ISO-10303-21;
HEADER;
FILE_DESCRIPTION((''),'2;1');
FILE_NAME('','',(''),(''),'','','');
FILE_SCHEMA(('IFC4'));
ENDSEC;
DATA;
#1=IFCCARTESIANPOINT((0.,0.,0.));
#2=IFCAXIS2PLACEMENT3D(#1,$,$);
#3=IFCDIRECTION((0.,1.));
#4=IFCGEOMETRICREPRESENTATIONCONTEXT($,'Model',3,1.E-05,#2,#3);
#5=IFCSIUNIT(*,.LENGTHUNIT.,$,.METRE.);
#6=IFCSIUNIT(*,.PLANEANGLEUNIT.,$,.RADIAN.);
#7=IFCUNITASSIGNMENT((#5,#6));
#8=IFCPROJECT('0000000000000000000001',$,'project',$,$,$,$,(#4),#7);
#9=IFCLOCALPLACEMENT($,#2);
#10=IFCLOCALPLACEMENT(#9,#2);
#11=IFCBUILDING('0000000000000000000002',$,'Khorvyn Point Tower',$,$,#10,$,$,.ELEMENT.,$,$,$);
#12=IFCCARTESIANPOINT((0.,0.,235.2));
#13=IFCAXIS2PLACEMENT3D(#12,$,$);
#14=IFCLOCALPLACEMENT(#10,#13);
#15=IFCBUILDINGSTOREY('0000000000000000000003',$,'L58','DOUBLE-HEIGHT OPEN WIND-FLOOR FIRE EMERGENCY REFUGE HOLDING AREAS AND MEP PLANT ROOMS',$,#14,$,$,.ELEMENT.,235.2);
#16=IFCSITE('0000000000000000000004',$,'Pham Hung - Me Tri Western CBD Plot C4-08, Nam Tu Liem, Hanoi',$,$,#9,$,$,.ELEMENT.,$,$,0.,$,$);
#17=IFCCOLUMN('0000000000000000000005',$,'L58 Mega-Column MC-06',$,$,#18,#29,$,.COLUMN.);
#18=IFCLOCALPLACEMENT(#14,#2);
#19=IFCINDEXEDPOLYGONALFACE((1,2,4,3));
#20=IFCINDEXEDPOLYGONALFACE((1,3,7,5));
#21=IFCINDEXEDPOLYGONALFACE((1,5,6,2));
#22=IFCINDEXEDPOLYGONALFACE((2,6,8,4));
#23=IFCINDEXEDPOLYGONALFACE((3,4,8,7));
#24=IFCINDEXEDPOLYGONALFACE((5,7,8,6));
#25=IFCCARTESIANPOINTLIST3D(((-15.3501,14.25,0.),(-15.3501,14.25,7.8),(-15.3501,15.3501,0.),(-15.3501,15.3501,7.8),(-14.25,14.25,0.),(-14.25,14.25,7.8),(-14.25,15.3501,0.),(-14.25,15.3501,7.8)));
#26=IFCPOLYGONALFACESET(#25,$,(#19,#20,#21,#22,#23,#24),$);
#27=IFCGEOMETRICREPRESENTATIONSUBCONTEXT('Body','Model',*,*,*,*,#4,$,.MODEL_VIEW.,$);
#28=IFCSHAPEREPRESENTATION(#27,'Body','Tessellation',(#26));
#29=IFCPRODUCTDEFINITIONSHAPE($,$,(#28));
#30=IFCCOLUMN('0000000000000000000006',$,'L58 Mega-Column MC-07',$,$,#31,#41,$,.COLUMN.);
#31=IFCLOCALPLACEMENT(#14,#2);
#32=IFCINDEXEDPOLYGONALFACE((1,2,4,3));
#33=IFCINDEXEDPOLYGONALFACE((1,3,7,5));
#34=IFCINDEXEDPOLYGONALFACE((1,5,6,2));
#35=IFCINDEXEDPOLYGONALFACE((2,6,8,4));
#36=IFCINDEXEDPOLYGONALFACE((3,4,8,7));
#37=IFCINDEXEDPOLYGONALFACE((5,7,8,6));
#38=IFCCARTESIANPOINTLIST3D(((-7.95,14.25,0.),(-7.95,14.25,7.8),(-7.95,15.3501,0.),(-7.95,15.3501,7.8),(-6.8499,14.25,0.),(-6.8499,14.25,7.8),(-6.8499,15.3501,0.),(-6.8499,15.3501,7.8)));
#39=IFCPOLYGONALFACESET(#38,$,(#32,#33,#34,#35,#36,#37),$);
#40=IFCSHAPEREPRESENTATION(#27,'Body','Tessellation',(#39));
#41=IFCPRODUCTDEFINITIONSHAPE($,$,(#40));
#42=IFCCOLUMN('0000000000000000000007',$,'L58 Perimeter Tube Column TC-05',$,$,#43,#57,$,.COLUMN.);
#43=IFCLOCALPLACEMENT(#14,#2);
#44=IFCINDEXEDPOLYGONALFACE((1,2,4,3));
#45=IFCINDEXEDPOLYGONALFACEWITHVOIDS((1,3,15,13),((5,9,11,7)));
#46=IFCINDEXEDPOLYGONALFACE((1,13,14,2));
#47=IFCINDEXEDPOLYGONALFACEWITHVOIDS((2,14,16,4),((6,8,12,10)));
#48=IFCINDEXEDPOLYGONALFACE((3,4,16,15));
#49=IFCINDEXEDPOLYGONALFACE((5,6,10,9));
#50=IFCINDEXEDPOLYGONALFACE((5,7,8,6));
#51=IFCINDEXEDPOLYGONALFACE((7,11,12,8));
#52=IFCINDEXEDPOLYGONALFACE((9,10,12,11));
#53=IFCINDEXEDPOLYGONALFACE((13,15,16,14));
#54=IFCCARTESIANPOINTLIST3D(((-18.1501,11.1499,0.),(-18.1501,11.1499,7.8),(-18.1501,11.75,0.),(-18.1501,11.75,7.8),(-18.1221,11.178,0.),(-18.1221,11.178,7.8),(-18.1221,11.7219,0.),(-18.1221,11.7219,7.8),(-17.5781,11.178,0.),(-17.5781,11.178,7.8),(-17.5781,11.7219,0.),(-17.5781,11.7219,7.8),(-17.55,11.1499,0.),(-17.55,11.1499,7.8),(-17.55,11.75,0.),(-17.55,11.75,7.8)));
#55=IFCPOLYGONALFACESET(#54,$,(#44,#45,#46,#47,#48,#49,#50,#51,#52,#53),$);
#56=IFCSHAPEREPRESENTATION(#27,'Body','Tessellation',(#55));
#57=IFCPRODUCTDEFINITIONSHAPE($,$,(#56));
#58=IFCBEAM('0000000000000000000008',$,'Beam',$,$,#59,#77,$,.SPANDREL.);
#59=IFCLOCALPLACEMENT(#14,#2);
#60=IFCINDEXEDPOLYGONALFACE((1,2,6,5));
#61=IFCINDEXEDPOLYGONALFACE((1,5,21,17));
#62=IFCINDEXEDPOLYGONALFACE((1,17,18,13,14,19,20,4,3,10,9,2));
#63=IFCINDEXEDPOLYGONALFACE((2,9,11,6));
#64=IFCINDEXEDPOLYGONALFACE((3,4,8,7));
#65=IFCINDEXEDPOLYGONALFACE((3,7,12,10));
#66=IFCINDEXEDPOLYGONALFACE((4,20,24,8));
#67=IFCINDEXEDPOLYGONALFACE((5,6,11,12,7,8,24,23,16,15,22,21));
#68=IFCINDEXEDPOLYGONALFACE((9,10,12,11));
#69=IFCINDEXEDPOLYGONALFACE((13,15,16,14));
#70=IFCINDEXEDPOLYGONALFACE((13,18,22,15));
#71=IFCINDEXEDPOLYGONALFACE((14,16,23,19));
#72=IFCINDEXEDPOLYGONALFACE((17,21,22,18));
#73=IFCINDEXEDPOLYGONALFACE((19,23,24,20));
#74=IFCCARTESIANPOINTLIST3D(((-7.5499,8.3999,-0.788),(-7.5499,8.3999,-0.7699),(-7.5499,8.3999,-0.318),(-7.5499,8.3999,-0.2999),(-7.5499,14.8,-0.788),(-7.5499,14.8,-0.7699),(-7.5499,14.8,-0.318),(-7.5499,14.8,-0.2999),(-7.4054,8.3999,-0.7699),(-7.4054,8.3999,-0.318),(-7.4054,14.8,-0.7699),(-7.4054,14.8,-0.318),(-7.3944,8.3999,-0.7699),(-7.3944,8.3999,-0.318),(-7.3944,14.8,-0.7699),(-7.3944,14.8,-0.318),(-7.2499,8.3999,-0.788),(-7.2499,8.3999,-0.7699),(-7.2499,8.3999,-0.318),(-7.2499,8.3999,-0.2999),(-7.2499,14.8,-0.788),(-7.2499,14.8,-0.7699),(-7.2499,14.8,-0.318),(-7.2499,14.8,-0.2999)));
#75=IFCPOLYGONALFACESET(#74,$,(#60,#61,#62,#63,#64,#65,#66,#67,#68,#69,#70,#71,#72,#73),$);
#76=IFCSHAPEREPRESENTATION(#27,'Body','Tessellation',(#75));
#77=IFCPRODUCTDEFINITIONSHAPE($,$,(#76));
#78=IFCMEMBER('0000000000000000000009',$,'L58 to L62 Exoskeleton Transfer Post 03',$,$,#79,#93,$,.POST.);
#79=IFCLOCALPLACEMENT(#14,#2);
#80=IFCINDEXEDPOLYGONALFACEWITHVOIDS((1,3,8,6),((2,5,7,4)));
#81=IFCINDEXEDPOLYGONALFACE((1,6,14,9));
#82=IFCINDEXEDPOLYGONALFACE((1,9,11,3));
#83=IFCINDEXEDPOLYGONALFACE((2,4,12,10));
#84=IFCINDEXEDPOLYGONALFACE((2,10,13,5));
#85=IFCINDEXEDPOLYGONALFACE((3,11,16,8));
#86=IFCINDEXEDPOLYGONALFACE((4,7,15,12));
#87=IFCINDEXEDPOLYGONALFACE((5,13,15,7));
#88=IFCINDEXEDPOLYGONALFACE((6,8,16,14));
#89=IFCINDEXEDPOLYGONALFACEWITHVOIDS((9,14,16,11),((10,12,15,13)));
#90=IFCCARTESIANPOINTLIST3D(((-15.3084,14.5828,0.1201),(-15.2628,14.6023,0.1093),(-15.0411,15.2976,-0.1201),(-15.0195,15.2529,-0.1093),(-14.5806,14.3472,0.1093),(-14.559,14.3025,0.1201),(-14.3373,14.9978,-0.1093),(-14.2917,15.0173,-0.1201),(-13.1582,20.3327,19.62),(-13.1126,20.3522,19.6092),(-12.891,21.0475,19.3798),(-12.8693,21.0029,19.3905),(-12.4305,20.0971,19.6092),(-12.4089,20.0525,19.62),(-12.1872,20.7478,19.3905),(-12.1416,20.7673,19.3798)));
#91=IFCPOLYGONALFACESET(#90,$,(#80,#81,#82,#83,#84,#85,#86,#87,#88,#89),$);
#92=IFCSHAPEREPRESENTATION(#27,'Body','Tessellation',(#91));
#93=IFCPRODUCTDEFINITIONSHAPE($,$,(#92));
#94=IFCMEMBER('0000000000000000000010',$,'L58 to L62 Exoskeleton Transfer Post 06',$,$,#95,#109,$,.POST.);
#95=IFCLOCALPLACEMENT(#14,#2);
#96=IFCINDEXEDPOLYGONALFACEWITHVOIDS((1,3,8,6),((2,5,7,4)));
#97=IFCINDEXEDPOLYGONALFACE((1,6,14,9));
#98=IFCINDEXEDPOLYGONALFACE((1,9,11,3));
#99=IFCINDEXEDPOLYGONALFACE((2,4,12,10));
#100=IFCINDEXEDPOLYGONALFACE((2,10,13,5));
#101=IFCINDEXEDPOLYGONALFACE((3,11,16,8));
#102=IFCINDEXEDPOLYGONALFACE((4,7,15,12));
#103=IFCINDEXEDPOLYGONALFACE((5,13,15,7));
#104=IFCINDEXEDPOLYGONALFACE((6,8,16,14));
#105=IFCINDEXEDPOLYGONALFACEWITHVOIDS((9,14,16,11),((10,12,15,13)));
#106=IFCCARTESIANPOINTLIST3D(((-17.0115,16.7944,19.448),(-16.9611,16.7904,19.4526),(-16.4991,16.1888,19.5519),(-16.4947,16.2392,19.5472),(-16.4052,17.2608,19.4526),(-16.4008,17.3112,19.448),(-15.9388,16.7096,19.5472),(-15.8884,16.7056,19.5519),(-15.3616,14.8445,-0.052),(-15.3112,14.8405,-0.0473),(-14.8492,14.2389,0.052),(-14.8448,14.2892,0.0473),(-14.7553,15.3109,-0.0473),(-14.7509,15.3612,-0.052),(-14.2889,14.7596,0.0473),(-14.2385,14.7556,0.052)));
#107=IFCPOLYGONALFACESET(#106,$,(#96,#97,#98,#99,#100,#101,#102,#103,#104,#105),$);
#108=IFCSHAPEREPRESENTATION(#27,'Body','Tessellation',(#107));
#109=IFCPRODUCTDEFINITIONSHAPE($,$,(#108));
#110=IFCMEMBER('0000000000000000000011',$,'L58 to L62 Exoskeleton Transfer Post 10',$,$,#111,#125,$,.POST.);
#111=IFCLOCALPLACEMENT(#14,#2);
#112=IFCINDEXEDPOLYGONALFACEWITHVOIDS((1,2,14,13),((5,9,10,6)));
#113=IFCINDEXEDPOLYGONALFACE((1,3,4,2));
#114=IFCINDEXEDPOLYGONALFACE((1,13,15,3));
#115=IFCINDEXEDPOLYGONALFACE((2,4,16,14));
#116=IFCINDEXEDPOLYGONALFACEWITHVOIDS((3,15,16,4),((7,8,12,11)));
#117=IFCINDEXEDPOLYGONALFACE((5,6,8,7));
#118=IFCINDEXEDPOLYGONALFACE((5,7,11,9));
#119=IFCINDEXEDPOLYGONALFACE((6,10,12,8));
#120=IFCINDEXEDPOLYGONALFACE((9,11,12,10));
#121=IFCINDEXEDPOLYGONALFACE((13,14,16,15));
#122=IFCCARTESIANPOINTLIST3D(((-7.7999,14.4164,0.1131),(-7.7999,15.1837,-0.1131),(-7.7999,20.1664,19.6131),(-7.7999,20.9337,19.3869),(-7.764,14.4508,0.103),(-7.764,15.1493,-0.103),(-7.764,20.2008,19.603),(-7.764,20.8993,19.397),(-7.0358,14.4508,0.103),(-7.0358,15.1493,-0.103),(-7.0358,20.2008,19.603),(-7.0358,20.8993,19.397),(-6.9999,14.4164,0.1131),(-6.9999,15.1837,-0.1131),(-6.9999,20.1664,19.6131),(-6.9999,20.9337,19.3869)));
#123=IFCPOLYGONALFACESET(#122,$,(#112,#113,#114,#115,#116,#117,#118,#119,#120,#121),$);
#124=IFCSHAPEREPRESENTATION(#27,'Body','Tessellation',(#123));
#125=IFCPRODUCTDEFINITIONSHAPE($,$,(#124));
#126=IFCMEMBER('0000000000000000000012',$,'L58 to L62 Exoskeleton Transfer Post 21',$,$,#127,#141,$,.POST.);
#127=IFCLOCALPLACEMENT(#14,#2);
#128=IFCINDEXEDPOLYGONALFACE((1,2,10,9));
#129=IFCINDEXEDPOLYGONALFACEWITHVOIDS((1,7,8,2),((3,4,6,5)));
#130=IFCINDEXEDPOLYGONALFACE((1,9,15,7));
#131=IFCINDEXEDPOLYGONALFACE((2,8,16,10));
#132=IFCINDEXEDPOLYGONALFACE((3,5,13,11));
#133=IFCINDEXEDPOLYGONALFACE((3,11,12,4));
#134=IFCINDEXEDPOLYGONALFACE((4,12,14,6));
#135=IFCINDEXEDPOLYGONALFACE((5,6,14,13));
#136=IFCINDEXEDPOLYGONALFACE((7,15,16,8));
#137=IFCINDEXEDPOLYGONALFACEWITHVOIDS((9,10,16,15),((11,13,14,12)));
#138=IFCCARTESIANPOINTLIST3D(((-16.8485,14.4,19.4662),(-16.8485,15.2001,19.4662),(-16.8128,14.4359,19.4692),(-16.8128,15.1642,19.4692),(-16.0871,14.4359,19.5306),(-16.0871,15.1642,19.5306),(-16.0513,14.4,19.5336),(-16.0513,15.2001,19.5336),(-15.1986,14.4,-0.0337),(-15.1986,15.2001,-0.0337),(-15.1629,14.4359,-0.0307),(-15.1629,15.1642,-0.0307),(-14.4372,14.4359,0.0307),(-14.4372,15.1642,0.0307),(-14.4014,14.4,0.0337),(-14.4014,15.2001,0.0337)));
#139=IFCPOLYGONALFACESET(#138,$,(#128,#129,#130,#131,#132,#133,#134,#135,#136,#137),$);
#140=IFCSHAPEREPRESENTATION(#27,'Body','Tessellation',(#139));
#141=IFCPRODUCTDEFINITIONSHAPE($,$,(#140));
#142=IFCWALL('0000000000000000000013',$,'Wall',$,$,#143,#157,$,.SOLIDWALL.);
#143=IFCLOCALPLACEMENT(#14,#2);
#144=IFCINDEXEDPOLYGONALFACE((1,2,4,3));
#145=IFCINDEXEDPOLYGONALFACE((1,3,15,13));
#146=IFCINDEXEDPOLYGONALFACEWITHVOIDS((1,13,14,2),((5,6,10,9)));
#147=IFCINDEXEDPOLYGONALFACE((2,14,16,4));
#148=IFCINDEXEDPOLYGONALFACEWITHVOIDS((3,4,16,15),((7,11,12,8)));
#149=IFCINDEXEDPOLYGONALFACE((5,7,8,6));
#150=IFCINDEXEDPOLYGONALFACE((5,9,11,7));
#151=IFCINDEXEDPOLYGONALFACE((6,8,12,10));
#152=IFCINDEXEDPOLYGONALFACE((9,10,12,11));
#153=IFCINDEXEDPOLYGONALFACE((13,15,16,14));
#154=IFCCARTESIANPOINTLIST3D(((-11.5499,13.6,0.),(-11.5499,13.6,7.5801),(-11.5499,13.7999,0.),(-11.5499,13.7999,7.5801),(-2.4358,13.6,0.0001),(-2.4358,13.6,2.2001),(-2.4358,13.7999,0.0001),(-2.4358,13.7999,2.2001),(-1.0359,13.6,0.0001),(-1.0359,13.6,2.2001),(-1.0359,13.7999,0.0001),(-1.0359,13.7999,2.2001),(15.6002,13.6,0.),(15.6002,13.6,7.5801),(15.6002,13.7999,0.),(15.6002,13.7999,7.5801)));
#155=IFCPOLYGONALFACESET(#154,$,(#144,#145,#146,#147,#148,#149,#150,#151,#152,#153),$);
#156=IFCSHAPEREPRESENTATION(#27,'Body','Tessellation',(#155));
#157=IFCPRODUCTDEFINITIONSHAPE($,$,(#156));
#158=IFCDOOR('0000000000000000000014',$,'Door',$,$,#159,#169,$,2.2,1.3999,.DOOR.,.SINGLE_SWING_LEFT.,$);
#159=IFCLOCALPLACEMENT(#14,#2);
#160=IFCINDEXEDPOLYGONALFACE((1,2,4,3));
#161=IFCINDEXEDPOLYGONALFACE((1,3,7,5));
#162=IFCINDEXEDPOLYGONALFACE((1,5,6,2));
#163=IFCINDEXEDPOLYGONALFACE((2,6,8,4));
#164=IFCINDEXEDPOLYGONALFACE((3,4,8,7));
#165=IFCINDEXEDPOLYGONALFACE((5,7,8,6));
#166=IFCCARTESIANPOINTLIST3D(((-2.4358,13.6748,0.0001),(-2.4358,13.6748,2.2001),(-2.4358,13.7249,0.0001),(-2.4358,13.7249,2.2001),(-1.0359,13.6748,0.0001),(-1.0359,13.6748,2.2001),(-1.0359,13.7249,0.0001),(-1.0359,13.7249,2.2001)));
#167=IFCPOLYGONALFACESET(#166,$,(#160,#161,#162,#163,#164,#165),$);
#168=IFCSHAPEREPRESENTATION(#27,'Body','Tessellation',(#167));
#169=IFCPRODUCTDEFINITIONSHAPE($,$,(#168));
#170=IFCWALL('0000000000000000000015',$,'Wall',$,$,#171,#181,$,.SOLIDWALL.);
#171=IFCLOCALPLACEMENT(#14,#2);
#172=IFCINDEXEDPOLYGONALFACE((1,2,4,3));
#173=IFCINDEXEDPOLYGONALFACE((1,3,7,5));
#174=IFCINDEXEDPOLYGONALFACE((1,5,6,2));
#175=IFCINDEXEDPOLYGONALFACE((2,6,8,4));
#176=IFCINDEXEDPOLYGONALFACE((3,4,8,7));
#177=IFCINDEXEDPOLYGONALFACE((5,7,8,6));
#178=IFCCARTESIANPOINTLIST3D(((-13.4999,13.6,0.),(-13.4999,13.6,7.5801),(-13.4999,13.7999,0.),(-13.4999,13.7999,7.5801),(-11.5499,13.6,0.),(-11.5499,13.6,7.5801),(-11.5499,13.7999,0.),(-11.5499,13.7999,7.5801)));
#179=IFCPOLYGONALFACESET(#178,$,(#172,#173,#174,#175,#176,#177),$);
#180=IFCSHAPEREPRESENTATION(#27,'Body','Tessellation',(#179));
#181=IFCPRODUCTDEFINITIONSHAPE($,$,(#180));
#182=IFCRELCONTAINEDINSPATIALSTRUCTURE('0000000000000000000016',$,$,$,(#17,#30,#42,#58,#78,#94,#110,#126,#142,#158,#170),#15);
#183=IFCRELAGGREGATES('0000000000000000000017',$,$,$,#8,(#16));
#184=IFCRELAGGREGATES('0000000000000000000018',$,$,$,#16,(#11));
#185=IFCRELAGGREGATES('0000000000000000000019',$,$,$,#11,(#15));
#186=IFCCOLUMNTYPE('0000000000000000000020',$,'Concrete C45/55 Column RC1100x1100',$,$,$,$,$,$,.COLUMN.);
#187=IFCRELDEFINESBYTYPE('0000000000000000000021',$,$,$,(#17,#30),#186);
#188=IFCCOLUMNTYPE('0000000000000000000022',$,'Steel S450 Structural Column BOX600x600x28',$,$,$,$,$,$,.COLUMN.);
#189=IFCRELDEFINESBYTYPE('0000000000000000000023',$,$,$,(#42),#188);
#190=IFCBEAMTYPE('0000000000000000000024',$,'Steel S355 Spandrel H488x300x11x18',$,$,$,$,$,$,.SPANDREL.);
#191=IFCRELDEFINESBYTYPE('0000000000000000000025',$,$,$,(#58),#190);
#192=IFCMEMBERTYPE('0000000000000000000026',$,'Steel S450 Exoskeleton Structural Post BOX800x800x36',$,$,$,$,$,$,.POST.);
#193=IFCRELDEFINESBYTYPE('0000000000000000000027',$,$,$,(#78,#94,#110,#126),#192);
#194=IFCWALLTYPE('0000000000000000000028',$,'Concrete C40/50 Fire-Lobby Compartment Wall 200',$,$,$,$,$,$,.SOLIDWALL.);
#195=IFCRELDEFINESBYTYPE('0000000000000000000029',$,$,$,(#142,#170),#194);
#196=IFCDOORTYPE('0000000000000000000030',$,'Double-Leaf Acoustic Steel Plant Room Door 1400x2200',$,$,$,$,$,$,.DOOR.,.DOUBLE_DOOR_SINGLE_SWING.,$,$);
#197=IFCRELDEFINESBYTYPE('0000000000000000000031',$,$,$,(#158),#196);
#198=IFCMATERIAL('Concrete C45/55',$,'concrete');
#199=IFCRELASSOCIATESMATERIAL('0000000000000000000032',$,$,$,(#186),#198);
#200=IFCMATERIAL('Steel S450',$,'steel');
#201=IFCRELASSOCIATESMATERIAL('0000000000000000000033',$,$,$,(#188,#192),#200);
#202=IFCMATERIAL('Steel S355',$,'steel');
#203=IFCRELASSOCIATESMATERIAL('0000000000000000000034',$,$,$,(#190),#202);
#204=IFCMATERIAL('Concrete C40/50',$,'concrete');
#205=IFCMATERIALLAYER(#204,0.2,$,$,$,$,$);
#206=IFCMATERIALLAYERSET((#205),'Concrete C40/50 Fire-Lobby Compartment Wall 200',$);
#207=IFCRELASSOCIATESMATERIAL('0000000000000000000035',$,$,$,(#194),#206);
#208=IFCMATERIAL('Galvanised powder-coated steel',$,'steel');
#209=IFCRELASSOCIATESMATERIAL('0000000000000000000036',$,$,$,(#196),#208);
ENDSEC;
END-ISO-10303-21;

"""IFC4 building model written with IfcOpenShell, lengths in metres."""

from ifc_helpers import new_model, si_unit, direction, frame, frame_2d, origin, origin_2d, place, context, subcontext, project, spatial, rectangle, hollow_rectangle, i_section, extrude, material, layer, layer_set, material_profile, profile_set, type_object, element, fill, save


model = new_model("IFC4")

# Units and contexts
model_context = context("Model", 3, precision=1e-05, world=origin(), true_north=direction((0.0, 1.0)))
body_context = subcontext(model_context, "Body", "Model", "MODEL_VIEW")
ifc_project = project(units=[si_unit("LENGTHUNIT", "METRE"), si_unit("PLANEANGLEUNIT", "RADIAN")], contexts=[model_context])

# Site, building, storey
site_placement = place(None, origin())
site = spatial("IfcSite", under=ifc_project, at=site_placement, Name="Pham Hung - Me Tri Western CBD Plot C4-08, Nam Tu Liem, Hanoi", CompositionType="ELEMENT", RefElevation=0.0)
building_placement = place(site_placement, origin())
building = spatial("IfcBuilding", under=site, at=building_placement, Name="Khorvyn Point Tower", CompositionType="ELEMENT")
storey_placement = place(building_placement, frame((0.0, 0.0, 235.2)))
storey = spatial("IfcBuildingStorey", under=building, at=storey_placement, Name="L58", Description="DOUBLE-HEIGHT OPEN WIND-FLOOR FIRE EMERGENCY REFUGE HOLDING AREAS AND MEP PLANT ROOMS", CompositionType="ELEMENT", Elevation=235.2)

# Columns
ifc_material_1 = material(Name="Concrete C45/55", Category="concrete")
ifc_material_profile_1 = material_profile(ifc_material_1, rectangle(XDim=1.1001, YDim=1.1001, at=origin_2d()))
ifc_profile_set_1 = profile_set([ifc_material_profile_1], Name="Concrete C45/55 RC1100x1100")
column_type_1 = type_object("IfcColumnType", Name="Concrete C45/55 Column RC1100x1100", PredefinedType="COLUMN", material=ifc_profile_set_1)
for number, where, z_axis, x_axis, name in (
    (1, (-14.8, 14.8, 0.0), (0.0, 0.0, 1.0), (1.0, 0.0, 0.0), "L58 Mega-Column MC-06"),
    (2, (-7.3999, 14.8, 0.0), (0.0, 0.0, 1.0), (1.0, 0.0, 0.0), "L58 Mega-Column MC-07"),
):
    element("IfcColumn", number, at=place(storey_placement, frame(where, z_axis=z_axis, x_axis=x_axis)), inside=storey, type_object=column_type_1, Name=name, PredefinedType="COLUMN", context=body_context, shape_type="SweptSolid", body=[
        extrude(rectangle(XDim=1.1001, YDim=1.1001, at=origin_2d()), origin(), (0.0, 0.0, 1.0), 7.8),
    ])
ifc_material_2 = material(Name="Steel S450", Category="steel")
ifc_material_profile_2 = material_profile(ifc_material_2, hollow_rectangle(XDim=0.6001, YDim=0.6001, WallThickness=0.0281, at=origin_2d()))
ifc_profile_set_2 = profile_set([ifc_material_profile_2], Name="Steel S450 BOX600x600x28")
column_type_2 = type_object("IfcColumnType", Name="Steel S450 Structural Column BOX600x600x28", PredefinedType="COLUMN", material=ifc_profile_set_2)
column_placement = place(storey_placement, frame((-17.8501, 11.45, 0.0), z_axis=(0.0, 0.0, 1.0), x_axis=(1.0, 0.0, 0.0)))
element("IfcColumn", 3, at=column_placement, inside=storey, type_object=column_type_2, Name="L58 Perimeter Tube Column TC-05", PredefinedType="COLUMN", context=body_context, shape_type="SweptSolid", body=[
    extrude(hollow_rectangle(XDim=0.6001, YDim=0.6001, WallThickness=0.0281, at=origin_2d()), origin(), (0.0, 0.0, 1.0), 7.8),
])

# Beam
ifc_material_3 = material(Name="Steel S355", Category="steel")
ifc_material_profile_3 = material_profile(ifc_material_3, i_section(OverallWidth=0.3, OverallDepth=0.488, WebThickness=0.011, FlangeThickness=0.0181, at=origin_2d()))
ifc_profile_set_3 = profile_set([ifc_material_profile_3], Name="Steel S355 H488x300x11x18")
beam_type = type_object("IfcBeamType", Name="Steel S355 Spandrel H488x300x11x18", PredefinedType="SPANDREL", material=ifc_profile_set_3)
beam_placement = place(storey_placement, frame((-7.3999, 8.3999, -0.5439), z_axis=(0.0, 1.0, 0.0), x_axis=(-1.0, 0.0, 0.0)))
element("IfcBeam", 4, at=beam_placement, inside=storey, type_object=beam_type, Name="Beam", PredefinedType="SPANDREL", context=body_context, shape_type="SweptSolid", body=[
    extrude(i_section(OverallWidth=0.3, OverallDepth=0.488, WebThickness=0.011, FlangeThickness=0.0181, at=origin_2d()), origin(), (0.0, 0.0, 1.0), 6.4001),
])

# Members
ifc_material_profile_4 = material_profile(ifc_material_2, hollow_rectangle(XDim=0.8, YDim=0.8, WallThickness=0.0359, at=origin_2d()))
ifc_profile_set_4 = profile_set([ifc_material_profile_4], Name="Steel S450 BOX800x800x36")
member_type = type_object("IfcMemberType", Name="Steel S450 Exoskeleton Structural Post BOX800x800x36", PredefinedType="POST", material=ifc_profile_set_4)
member_1_placement = place(storey_placement, frame((-14.8, 14.8, 0.0), z_axis=(0.105175, 0.281263, 0.95385), x_axis=(-0.936656, 0.350252, 0.0)))
element("IfcMember", 5, at=member_1_placement, inside=storey, type_object=member_type, Name="L58 to L62 Exoskeleton Transfer Post 03", PredefinedType="POST", context=body_context, shape_type="SweptSolid", body=[
    extrude(hollow_rectangle(XDim=0.8, YDim=0.8, WallThickness=0.0359, at=origin_2d()), origin(), (0.0, 0.0, 1.0), 20.4434),
])
member_2_placement = place(storey_placement, frame((-14.8, 14.8, 0.0), z_axis=(-0.083894, 0.09915, 0.99153), x_axis=(-0.763397, -0.645929, 0.0)))
element("IfcMember", 6, at=member_2_placement, inside=storey, type_object=member_type, Name="L58 to L62 Exoskeleton Transfer Post 06", PredefinedType="POST", context=body_context, shape_type="SweptSolid", body=[
    extrude(hollow_rectangle(XDim=0.8, YDim=0.8, WallThickness=0.0359, at=origin_2d()), origin(), (0.0, 0.0, 1.0), 19.6665),
])
member_3_placement = place(storey_placement, frame((-7.3999, 14.8, 0.0), z_axis=(0.0, 0.282832, 0.959169), x_axis=(-1.0, 0.0, 0.0)))
element("IfcMember", 7, at=member_3_placement, inside=storey, type_object=member_type, Name="L58 to L62 Exoskeleton Transfer Post 10", PredefinedType="POST", context=body_context, shape_type="SweptSolid", body=[
    extrude(hollow_rectangle(XDim=0.8, YDim=0.8, WallThickness=0.0359, at=origin_2d()), origin(), (0.0, 0.0, 1.0), 20.3301),
])
member_4_placement = place(storey_placement, frame((-14.8, 14.8, 0.0), z_axis=(-0.084309, 0.0, 0.99644), x_axis=(0.0, -1.0, 0.0)))
element("IfcMember", 8, at=member_4_placement, inside=storey, type_object=member_type, Name="L58 to L62 Exoskeleton Transfer Post 21", PredefinedType="POST", context=body_context, shape_type="SweptSolid", body=[
    extrude(hollow_rectangle(XDim=0.8, YDim=0.8, WallThickness=0.0359, at=origin_2d()), origin(), (0.0, 0.0, 1.0), 19.5696),
])

# Wall, opening, door
ifc_material_4 = material(Name="Concrete C40/50", Category="concrete")
ifc_layer_1 = layer(ifc_material_4, 0.2)
ifc_layer_set_1 = layer_set([ifc_layer_1], Name="Concrete C40/50 Fire-Lobby Compartment Wall 200")
wall_type_1 = type_object("IfcWallType", Name="Concrete C40/50 Fire-Lobby Compartment Wall 200", PredefinedType="SOLIDWALL", material=ifc_layer_set_1)
wall_1_placement = place(storey_placement, frame((-11.55, 13.7, 0.0), z_axis=(0.0, 0.0, 1.0), x_axis=(1.0, 0.0, 0.0)))
wall_1 = element("IfcWall", 9, at=wall_1_placement, inside=storey, type_object=wall_type_1, Name="Wall", PredefinedType="SOLIDWALL", context=body_context, shape_type="SweptSolid", body=[
    extrude(rectangle(XDim=27.1501, YDim=0.2, at=frame_2d((13.5752, 0.0))), origin(), (0.0, 0.0, 1.0), 7.5801),
])
opening_placement = place(wall_1_placement, frame((9.1143, 0.0, 0.0)))
opening = element("IfcOpeningElement", 10, at=opening_placement, cuts=wall_1, PredefinedType="OPENING", context=body_context, shape_type="SweptSolid", body=[
    extrude(rectangle(XDim=1.3999, YDim=2.2, at=frame_2d((0.7, 1.1001))), frame((0.0, 0.1099, 0.0), z_axis=(0.0, -1.0, 0.0), x_axis=(1.0, 0.0, 0.0)), (0.0, 0.0, 1.0), 0.22),
])
ifc_material_5 = material(Name="Galvanised powder-coated steel", Category="steel")
door_type = type_object("IfcDoorType", Name="Double-Leaf Acoustic Steel Plant Room Door 1400x2200", OperationType="DOUBLE_DOOR_SINGLE_SWING", PredefinedType="DOOR", material=ifc_material_5)
door_placement = place(opening_placement, origin())
door = element("IfcDoor", 11, at=door_placement, inside=storey, type_object=door_type, Name="Door", OperationType="SINGLE_SWING_LEFT", OverallHeight=2.2, OverallWidth=1.3999, PredefinedType="DOOR", context=body_context, shape_type="SweptSolid", body=[
    extrude(rectangle(XDim=1.3999, YDim=2.2, at=frame_2d((0.7, 1.1001))), frame((0.0, 0.0249, 0.0), z_axis=(0.0, -1.0, 0.0), x_axis=(1.0, 0.0, 0.0)), (0.0, 0.0, 1.0), 0.05),
])
fill(opening, door)

# Wall
wall_2_placement = place(storey_placement, frame((-13.5, 13.7, 0.0), z_axis=(0.0, 0.0, 1.0), x_axis=(1.0, 0.0, 0.0)))
element("IfcWall", 12, at=wall_2_placement, inside=storey, type_object=wall_type_1, Name="Wall", PredefinedType="SOLIDWALL", context=body_context, shape_type="SweptSolid", body=[
    extrude(rectangle(XDim=1.95, YDim=0.2, at=frame_2d((0.9751, 0.0))), origin(), (0.0, 0.0, 1.0), 7.5801),
])

save(model, "model.ifc")
